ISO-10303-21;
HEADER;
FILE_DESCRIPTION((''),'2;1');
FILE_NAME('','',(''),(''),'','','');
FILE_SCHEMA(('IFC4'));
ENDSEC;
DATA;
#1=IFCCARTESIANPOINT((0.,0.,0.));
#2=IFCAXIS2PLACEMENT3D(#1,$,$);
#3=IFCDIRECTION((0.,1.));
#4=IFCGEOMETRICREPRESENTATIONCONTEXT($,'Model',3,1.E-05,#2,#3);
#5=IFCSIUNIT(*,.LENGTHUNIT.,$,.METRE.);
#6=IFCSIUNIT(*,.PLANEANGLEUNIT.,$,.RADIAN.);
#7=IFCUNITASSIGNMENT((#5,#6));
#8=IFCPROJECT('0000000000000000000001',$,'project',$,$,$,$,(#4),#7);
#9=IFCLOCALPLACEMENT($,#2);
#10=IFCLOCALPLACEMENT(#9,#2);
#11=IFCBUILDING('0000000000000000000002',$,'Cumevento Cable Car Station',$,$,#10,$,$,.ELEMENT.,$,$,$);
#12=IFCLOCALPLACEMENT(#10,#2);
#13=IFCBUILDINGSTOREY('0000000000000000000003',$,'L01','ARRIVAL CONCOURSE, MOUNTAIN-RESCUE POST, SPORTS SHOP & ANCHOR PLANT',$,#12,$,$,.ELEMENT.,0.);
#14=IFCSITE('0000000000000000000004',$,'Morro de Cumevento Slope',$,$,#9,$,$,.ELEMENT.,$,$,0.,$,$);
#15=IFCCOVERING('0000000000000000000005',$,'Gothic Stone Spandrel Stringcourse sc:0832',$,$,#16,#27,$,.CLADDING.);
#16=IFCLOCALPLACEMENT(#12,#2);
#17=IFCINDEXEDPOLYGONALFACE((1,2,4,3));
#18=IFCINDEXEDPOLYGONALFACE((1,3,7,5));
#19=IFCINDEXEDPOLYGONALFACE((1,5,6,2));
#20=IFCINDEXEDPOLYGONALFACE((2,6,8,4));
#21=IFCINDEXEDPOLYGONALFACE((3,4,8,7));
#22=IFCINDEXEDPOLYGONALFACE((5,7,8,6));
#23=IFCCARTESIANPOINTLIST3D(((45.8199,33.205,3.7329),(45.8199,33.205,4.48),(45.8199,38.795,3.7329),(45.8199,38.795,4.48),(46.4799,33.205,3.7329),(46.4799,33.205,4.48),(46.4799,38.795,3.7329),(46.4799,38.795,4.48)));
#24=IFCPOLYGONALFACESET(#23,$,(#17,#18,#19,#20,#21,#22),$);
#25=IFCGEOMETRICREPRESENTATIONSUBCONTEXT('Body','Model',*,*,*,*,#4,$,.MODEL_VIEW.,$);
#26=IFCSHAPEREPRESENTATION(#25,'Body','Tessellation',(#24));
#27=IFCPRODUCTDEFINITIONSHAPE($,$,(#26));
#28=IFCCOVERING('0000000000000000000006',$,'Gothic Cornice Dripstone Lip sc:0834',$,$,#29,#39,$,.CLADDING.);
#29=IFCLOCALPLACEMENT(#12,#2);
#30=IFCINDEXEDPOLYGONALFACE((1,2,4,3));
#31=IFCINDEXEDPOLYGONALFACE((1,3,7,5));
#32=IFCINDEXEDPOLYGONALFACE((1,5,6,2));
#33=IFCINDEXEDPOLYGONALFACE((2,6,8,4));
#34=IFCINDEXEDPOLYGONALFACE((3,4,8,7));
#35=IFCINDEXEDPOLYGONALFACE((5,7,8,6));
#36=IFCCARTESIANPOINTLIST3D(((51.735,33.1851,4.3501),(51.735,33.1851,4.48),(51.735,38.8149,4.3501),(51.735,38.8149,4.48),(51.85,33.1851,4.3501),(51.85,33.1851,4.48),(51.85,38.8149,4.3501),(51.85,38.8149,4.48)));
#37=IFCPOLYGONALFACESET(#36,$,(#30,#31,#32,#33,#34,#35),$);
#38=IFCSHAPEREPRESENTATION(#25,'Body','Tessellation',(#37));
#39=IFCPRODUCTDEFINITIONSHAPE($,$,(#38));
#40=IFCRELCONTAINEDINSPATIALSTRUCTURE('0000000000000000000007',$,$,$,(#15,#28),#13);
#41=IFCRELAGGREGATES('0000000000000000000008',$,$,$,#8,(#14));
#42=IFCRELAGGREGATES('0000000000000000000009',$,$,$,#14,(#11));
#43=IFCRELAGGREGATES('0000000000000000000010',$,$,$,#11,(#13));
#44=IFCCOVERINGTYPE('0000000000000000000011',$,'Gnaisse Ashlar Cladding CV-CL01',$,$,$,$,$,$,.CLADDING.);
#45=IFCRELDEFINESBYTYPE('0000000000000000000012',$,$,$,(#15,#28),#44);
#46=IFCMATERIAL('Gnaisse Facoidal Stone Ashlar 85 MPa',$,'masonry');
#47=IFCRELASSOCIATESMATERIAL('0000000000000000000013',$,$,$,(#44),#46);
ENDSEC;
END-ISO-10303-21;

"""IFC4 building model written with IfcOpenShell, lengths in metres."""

from ifc_helpers import new_model, si_unit, direction, frame, origin, origin_2d, place, context, subcontext, project, spatial, rectangle, extrude, material, type_object, element, save


model = new_model("IFC4")

# Units and contexts
model_context = context("Model", 3, precision=1e-05, world=origin(), true_north=direction((0.0, 1.0)))
body_context = subcontext(model_context, "Body", "Model", "MODEL_VIEW")
ifc_project = project(units=[si_unit("LENGTHUNIT", "METRE"), si_unit("PLANEANGLEUNIT", "RADIAN")], contexts=[model_context])

# Site, building, storey
site_placement = place(None, origin())
site = spatial("IfcSite", under=ifc_project, at=site_placement, Name="Morro de Cumevento Slope", CompositionType="ELEMENT", RefElevation=0.0)
building_placement = place(site_placement, origin())
building = spatial("IfcBuilding", under=site, at=building_placement, Name="Cumevento Cable Car Station", CompositionType="ELEMENT")
storey_placement = place(building_placement, origin())
storey = spatial("IfcBuildingStorey", under=building, at=storey_placement, Name="L01", Description="ARRIVAL CONCOURSE, MOUNTAIN-RESCUE POST, SPORTS SHOP & ANCHOR PLANT", CompositionType="ELEMENT", Elevation=0.0)

# Coverings
ifc_material_1 = material(Name="Gnaisse Facoidal Stone Ashlar 85 MPa", Category="masonry")
covering_type = type_object("IfcCoveringType", Name="Gnaisse Ashlar Cladding CV-CL01", PredefinedType="CLADDING", material=ifc_material_1)
for number, where, z_axis, x_axis, name in (
    (1, (46.1499, 36.0, 3.7329), (0.0, 0.0, 1.0), (0.0, 1.0, 0.0), "Gothic Stone Spandrel Stringcourse sc:0832"),
):
    element("IfcCovering", number, at=place(storey_placement, frame(where, z_axis=z_axis, x_axis=x_axis)), inside=storey, type_object=covering_type, Name=name, PredefinedType="CLADDING", context=body_context, shape_type="SweptSolid", body=[
        extrude(rectangle(XDim=5.5901, YDim=0.6599, at=origin_2d()), origin(), (0.0, 0.0, 1.0), 0.7471),
    ])
covering_1_placement = place(storey_placement, frame((51.7925, 36.0, 4.3501), z_axis=(0.0, 0.0, 1.0), x_axis=(0.0, 1.0, 0.0)))
element("IfcCovering", 2, at=covering_1_placement, inside=storey, type_object=covering_type, Name="Gothic Cornice Dripstone Lip sc:0834", PredefinedType="CLADDING", context=body_context, shape_type="SweptSolid", body=[
    extrude(rectangle(XDim=5.6299, YDim=0.115, at=origin_2d()), origin(), (0.0, 0.0, 1.0), 0.1299),
])

save(model, "model.ifc")
